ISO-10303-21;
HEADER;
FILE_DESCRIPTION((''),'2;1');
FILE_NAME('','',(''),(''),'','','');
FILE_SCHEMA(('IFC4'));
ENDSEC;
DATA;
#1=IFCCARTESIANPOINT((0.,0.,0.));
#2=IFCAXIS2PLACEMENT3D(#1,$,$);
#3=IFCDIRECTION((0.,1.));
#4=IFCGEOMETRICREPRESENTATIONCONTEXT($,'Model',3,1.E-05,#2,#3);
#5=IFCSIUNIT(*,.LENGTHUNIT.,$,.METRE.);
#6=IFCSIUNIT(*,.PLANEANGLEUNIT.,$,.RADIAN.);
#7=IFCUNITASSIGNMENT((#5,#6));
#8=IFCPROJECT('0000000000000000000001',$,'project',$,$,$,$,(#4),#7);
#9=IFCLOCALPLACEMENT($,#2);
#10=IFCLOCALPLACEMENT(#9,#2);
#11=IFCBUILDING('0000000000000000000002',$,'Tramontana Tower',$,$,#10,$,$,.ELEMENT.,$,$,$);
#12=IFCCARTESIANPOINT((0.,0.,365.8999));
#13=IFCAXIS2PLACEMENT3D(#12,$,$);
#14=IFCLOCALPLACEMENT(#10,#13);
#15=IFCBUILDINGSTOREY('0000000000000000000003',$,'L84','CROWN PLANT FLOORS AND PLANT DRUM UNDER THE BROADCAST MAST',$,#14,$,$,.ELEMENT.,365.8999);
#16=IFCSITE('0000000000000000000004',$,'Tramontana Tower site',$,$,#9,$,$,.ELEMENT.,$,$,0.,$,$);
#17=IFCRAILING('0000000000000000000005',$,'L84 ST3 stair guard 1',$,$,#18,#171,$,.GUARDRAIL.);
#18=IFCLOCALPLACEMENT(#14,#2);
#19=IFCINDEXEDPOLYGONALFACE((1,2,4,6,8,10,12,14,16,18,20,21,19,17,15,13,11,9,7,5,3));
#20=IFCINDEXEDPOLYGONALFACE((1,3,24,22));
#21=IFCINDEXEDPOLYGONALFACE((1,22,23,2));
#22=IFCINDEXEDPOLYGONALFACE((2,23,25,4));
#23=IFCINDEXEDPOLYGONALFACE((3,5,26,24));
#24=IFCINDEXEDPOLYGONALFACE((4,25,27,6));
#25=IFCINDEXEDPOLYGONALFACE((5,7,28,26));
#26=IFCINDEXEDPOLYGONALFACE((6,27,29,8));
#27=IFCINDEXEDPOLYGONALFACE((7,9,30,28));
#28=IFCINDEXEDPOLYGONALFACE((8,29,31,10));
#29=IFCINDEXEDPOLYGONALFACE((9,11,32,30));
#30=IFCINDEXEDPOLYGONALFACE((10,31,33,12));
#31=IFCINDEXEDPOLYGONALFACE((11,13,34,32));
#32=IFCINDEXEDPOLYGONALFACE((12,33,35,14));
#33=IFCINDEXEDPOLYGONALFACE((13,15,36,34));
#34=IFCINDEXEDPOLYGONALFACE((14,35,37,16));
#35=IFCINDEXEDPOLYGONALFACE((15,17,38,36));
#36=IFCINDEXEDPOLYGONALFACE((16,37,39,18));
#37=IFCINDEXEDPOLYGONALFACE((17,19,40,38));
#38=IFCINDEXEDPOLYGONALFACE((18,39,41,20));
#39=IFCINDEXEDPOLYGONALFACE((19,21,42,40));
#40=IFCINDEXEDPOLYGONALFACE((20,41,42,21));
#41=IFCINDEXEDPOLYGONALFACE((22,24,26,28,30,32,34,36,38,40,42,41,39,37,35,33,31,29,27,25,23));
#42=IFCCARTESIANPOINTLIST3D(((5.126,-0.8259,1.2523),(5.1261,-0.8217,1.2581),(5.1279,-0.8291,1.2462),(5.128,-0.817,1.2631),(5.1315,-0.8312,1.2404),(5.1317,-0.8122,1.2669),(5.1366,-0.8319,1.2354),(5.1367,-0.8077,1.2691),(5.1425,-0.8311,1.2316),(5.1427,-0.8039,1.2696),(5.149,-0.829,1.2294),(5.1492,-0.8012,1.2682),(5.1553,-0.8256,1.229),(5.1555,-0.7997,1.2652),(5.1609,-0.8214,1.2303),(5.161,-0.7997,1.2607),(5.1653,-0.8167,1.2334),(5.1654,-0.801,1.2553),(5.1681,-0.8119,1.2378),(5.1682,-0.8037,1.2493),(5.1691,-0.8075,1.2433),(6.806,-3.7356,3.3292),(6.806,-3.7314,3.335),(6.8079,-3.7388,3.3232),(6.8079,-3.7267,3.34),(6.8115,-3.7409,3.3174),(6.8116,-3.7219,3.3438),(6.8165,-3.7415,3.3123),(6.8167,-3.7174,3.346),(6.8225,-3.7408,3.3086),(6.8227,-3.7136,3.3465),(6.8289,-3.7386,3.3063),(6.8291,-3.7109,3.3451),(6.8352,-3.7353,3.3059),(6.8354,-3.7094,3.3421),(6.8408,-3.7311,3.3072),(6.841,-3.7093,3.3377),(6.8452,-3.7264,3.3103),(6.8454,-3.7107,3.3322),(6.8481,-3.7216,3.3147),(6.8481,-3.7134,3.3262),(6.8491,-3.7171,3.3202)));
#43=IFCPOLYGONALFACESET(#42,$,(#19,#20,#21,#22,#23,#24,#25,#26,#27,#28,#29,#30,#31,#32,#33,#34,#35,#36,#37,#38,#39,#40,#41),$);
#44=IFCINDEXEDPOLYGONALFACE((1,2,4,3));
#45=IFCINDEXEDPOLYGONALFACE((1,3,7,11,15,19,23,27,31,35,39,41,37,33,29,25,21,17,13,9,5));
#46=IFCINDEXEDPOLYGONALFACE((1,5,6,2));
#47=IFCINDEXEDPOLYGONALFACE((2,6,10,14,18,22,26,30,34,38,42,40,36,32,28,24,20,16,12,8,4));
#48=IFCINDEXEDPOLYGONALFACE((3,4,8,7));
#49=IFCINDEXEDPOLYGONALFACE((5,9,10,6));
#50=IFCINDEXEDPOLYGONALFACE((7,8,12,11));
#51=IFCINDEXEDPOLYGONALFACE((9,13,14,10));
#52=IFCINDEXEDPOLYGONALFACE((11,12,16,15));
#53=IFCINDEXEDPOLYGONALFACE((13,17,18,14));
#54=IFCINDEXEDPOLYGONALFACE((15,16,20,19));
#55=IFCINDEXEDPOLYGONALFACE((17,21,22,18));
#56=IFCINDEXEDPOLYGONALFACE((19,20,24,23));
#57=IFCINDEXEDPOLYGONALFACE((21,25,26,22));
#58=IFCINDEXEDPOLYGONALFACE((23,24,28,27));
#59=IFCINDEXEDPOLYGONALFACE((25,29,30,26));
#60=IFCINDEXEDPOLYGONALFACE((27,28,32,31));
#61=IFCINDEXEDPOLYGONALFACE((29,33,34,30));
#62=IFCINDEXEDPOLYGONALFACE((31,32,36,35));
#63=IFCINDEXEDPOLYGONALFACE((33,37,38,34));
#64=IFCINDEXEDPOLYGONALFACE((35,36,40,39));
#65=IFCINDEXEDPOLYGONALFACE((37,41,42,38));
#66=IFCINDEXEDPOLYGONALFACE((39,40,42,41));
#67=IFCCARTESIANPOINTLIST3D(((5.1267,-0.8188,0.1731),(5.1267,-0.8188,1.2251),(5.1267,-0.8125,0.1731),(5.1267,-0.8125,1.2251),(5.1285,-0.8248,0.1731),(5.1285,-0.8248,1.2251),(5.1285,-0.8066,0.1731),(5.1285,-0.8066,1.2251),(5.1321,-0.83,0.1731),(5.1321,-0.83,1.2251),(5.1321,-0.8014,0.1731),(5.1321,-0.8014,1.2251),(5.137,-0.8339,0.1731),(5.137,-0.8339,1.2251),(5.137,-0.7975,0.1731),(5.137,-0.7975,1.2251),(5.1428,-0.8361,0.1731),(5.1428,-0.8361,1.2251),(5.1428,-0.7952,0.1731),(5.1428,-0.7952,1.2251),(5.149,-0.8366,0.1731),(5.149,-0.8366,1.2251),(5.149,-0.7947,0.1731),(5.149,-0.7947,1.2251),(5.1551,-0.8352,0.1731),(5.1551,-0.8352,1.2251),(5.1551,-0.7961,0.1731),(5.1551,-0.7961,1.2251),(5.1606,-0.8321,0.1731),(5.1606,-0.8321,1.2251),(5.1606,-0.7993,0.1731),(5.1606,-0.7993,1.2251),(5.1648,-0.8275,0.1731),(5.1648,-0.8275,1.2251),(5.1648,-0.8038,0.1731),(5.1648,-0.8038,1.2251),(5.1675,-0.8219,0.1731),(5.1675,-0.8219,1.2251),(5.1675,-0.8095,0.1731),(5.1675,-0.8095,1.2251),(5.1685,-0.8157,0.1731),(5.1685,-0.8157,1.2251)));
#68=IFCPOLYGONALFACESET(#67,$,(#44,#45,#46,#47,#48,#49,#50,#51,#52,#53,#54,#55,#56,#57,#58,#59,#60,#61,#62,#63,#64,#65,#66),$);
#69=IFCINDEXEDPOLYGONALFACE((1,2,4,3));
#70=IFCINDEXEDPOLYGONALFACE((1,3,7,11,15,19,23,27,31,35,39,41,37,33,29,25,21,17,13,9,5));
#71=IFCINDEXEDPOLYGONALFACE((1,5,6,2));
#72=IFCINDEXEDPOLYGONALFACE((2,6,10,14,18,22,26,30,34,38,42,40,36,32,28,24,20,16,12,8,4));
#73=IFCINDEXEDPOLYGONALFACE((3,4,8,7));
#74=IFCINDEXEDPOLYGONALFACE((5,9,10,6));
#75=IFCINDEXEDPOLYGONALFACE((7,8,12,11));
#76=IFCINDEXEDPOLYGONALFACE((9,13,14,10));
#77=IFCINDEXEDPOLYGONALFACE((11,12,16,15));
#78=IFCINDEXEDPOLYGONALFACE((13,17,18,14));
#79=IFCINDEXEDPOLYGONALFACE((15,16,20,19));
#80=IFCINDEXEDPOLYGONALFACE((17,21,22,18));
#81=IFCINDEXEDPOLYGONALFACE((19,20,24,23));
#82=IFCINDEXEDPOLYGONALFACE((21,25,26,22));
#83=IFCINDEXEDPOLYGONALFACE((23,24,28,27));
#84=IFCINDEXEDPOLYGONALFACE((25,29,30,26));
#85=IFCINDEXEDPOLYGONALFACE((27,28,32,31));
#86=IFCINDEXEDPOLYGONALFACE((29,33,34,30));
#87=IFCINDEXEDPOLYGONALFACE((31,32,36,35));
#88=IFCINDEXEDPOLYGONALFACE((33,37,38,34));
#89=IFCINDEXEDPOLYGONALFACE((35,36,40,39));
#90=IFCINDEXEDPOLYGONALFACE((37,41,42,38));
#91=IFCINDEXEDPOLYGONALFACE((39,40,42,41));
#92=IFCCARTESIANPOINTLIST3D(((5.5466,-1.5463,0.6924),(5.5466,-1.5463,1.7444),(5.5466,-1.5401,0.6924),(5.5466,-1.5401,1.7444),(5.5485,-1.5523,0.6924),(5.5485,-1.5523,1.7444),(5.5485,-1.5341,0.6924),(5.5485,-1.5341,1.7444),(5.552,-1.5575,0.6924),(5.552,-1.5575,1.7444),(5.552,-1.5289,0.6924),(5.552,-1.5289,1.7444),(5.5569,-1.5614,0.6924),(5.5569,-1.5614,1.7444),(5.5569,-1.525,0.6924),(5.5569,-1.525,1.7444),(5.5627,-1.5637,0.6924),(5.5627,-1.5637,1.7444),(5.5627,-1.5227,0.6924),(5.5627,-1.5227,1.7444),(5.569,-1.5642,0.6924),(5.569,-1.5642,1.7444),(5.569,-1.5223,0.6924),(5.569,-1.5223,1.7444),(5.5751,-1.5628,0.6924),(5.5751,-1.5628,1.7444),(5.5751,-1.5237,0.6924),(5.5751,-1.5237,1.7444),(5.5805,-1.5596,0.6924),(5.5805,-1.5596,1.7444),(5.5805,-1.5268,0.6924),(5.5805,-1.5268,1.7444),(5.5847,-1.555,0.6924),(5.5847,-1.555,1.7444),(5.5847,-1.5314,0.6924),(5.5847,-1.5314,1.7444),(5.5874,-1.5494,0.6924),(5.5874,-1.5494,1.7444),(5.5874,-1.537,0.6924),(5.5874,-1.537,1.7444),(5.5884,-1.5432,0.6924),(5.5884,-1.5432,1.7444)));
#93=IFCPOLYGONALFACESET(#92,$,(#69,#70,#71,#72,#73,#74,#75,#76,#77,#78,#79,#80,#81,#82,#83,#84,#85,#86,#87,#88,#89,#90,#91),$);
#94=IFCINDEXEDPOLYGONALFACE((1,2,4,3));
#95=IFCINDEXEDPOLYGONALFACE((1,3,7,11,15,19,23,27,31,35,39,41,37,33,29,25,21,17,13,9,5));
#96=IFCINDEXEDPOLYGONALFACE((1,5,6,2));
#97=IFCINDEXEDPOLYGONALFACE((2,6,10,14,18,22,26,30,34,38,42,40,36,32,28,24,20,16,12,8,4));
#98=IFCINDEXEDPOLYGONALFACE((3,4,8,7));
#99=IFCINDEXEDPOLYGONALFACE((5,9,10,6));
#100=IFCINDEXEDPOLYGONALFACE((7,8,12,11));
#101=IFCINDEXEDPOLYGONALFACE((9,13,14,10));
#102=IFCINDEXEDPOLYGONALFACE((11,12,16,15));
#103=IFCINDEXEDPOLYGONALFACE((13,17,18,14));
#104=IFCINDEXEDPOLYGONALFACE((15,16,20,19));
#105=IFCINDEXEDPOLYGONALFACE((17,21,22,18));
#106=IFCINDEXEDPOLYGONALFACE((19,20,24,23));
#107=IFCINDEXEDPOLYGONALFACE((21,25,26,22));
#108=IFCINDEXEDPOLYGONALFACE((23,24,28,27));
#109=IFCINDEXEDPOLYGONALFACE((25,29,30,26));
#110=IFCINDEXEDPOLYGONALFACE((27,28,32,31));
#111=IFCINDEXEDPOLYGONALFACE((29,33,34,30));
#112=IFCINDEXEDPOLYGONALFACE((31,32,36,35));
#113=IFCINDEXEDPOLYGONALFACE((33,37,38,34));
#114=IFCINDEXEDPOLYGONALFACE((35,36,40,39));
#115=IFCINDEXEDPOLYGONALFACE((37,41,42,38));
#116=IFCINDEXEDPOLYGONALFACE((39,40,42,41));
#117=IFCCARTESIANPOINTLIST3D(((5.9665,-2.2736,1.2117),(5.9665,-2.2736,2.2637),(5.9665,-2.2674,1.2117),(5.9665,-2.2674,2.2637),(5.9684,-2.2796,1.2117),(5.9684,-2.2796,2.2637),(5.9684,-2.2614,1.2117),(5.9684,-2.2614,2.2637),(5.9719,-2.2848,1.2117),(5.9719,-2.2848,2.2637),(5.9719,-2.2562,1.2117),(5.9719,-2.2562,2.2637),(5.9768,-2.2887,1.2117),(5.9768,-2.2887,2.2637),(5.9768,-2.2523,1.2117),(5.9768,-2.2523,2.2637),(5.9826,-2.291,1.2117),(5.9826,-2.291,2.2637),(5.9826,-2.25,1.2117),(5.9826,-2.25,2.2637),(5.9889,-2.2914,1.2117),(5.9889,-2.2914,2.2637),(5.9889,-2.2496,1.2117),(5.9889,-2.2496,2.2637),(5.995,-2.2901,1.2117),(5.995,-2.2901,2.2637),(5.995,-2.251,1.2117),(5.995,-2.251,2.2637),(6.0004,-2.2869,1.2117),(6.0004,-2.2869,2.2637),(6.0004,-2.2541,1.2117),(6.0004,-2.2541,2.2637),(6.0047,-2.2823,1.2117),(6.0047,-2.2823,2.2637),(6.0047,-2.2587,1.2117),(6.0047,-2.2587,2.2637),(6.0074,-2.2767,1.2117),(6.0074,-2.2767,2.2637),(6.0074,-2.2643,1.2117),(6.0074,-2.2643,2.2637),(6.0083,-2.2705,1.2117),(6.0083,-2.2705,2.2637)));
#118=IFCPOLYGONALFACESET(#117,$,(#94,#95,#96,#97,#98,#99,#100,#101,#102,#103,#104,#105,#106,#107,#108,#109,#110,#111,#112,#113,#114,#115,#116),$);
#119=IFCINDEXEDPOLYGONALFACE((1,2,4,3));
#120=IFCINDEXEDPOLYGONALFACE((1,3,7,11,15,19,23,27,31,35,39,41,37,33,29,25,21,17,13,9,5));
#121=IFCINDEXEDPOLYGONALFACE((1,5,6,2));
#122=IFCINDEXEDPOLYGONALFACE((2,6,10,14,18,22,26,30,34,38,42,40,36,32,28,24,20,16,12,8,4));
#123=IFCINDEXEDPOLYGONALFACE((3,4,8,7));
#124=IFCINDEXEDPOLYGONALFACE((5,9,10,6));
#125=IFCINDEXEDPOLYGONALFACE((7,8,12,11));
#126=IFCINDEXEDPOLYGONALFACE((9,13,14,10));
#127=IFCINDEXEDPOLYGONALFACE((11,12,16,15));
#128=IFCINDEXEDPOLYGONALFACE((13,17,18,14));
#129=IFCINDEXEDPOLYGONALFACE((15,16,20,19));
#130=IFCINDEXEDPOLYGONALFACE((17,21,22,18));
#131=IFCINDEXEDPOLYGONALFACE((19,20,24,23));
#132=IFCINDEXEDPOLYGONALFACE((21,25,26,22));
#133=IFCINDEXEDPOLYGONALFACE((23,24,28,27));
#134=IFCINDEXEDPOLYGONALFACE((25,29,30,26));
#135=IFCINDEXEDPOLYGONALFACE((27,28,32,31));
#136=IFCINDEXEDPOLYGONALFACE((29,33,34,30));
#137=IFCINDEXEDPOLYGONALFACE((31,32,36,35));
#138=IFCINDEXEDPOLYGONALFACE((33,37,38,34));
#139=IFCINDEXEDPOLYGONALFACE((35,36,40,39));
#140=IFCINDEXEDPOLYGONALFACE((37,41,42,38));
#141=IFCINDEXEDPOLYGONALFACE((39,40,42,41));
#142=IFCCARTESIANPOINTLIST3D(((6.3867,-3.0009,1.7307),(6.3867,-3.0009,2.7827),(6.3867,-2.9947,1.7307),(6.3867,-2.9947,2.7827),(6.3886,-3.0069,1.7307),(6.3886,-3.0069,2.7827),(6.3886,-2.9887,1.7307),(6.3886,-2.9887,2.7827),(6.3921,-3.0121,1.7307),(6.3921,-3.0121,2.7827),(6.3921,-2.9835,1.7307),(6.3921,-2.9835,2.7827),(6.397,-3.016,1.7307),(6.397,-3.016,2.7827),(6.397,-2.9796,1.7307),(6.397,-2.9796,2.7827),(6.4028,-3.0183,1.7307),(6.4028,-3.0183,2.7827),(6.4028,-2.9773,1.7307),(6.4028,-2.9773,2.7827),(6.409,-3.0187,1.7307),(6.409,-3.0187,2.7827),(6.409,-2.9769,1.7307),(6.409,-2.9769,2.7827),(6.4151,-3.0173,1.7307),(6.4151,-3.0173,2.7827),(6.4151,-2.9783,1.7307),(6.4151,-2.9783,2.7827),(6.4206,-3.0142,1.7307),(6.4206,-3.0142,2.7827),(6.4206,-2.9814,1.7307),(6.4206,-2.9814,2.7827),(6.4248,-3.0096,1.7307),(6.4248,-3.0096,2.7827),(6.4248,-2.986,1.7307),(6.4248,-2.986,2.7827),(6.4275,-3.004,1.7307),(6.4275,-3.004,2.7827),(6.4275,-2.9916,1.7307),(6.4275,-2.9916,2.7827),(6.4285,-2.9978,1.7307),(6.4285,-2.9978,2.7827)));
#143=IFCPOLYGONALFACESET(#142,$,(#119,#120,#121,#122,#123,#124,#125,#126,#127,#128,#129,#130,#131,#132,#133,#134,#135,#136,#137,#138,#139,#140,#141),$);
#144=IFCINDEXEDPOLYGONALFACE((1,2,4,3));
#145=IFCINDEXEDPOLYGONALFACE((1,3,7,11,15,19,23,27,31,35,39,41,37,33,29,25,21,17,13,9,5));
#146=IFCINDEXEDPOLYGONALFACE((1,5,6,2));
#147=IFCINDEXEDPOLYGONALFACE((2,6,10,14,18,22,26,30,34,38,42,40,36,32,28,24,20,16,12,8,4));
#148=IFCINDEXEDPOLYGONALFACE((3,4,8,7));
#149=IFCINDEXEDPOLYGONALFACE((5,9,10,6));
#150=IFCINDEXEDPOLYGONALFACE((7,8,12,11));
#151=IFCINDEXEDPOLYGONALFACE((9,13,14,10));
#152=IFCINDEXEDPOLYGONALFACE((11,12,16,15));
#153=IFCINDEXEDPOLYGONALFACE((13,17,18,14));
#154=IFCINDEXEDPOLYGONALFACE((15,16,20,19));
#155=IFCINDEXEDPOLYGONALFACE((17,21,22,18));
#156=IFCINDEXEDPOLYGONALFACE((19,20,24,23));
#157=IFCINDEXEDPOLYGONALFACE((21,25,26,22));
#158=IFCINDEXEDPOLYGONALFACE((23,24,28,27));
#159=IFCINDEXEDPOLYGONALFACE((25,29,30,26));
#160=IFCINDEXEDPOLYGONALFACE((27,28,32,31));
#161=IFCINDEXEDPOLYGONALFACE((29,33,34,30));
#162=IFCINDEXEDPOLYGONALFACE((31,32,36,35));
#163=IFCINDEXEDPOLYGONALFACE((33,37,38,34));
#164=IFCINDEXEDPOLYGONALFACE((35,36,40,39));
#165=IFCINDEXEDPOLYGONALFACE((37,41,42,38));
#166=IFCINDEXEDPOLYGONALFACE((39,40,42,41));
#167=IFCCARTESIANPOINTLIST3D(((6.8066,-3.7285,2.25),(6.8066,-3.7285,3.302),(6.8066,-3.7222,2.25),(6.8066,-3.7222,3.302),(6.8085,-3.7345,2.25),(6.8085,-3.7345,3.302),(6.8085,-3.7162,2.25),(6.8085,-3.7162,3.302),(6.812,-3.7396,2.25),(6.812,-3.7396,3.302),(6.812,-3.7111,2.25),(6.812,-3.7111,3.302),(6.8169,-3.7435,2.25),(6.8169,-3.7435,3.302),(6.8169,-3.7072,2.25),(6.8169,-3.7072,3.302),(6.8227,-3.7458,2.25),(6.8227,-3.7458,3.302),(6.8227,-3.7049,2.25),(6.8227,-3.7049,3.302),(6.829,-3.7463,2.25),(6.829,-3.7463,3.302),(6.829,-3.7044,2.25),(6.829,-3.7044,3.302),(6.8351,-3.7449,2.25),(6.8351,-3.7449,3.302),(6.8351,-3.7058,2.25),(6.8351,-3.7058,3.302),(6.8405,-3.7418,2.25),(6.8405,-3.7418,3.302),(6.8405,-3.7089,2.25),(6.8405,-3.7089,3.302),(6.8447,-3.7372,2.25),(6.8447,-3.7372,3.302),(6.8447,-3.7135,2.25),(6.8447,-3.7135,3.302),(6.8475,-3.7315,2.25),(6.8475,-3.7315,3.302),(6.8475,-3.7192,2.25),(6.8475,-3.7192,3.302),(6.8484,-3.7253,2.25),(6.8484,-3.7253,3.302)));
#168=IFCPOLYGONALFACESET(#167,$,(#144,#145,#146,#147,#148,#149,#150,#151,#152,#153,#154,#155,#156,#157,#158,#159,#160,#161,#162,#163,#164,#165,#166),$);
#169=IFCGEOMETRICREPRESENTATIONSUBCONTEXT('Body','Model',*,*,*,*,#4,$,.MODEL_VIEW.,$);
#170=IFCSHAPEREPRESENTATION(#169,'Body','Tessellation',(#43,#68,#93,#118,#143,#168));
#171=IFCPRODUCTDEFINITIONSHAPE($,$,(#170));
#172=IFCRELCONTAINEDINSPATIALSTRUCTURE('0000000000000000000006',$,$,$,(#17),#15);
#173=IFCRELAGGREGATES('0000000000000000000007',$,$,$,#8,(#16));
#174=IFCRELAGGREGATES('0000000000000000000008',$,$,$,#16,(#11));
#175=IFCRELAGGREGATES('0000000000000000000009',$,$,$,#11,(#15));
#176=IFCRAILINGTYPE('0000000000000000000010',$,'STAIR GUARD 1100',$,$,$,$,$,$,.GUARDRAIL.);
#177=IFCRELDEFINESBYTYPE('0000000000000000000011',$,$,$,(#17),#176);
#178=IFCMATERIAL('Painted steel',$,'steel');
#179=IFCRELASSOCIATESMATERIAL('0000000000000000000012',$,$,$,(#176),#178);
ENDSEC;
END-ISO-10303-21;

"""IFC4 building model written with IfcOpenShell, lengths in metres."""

from ifc_helpers import new_model, si_unit, direction, frame, origin, origin_2d, place, context, subcontext, project, spatial, circle, extrude, material, type_object, element, save


model = new_model("IFC4")

# Units and contexts
model_context = context("Model", 3, precision=1e-05, world=origin(), true_north=direction((0.0, 1.0)))
body_context = subcontext(model_context, "Body", "Model", "MODEL_VIEW")
ifc_project = project(units=[si_unit("LENGTHUNIT", "METRE"), si_unit("PLANEANGLEUNIT", "RADIAN")], contexts=[model_context])

# Site, building, storey
site_placement = place(None, origin())
site = spatial("IfcSite", under=ifc_project, at=site_placement, Name="Tramontana Tower site", CompositionType="ELEMENT", RefElevation=0.0)
building_placement = place(site_placement, origin())
building = spatial("IfcBuilding", under=site, at=building_placement, Name="Tramontana Tower", CompositionType="ELEMENT")
storey_placement = place(building_placement, frame((0.0, 0.0, 365.8999)))
storey = spatial("IfcBuildingStorey", under=building, at=storey_placement, Name="L84", Description="CROWN PLANT FLOORS AND PLANT DRUM UNDER THE BROADCAST MAST", CompositionType="ELEMENT", Elevation=365.8999)

# Railing
ifc_material_1 = material(Name="Painted steel", Category="steel")
railing_type_1 = type_object("IfcRailingType", Name="STAIR GUARD 1100", PredefinedType="GUARDRAIL", material=ifc_material_1)
railing_1_placement = place(storey_placement, frame((5.1475, -0.8157, 0.1731)))
element("IfcRailing", 1, at=railing_1_placement, inside=storey, type_object=railing_type_1, Name="L84 ST3 stair guard 1", PredefinedType="GUARDRAIL", context=body_context, shape_type="SweptSolid", body=[
    extrude(circle(Radius=0.0239, at=origin_2d()), frame((0.0, 0.0, 1.0762), z_axis=(0.425308, -0.73664, 0.525809), x_axis=(0.866021, 0.500008, 0.0)), (0.0, 0.0, 1.0), 3.95),
    extrude(circle(Radius=0.021, at=origin_2d()), origin(), (0.0, 0.0, 1.0), 1.052),
    extrude(circle(Radius=0.021, at=origin_2d()), frame((0.4199, -0.7275, 0.5193)), (0.0, 0.0, 1.0), 1.052),
    extrude(circle(Radius=0.021, at=origin_2d()), frame((0.8398, -1.4548, 1.0386)), (0.0, 0.0, 1.0), 1.052),
    extrude(circle(Radius=0.021, at=origin_2d()), frame((1.26, -2.1821, 1.5576)), (0.0, 0.0, 1.0), 1.052),
    extrude(circle(Radius=0.021, at=origin_2d()), frame((1.6799, -2.9097, 2.0769)), (0.0, 0.0, 1.0), 1.052),
])

save(model, "model.ifc")
